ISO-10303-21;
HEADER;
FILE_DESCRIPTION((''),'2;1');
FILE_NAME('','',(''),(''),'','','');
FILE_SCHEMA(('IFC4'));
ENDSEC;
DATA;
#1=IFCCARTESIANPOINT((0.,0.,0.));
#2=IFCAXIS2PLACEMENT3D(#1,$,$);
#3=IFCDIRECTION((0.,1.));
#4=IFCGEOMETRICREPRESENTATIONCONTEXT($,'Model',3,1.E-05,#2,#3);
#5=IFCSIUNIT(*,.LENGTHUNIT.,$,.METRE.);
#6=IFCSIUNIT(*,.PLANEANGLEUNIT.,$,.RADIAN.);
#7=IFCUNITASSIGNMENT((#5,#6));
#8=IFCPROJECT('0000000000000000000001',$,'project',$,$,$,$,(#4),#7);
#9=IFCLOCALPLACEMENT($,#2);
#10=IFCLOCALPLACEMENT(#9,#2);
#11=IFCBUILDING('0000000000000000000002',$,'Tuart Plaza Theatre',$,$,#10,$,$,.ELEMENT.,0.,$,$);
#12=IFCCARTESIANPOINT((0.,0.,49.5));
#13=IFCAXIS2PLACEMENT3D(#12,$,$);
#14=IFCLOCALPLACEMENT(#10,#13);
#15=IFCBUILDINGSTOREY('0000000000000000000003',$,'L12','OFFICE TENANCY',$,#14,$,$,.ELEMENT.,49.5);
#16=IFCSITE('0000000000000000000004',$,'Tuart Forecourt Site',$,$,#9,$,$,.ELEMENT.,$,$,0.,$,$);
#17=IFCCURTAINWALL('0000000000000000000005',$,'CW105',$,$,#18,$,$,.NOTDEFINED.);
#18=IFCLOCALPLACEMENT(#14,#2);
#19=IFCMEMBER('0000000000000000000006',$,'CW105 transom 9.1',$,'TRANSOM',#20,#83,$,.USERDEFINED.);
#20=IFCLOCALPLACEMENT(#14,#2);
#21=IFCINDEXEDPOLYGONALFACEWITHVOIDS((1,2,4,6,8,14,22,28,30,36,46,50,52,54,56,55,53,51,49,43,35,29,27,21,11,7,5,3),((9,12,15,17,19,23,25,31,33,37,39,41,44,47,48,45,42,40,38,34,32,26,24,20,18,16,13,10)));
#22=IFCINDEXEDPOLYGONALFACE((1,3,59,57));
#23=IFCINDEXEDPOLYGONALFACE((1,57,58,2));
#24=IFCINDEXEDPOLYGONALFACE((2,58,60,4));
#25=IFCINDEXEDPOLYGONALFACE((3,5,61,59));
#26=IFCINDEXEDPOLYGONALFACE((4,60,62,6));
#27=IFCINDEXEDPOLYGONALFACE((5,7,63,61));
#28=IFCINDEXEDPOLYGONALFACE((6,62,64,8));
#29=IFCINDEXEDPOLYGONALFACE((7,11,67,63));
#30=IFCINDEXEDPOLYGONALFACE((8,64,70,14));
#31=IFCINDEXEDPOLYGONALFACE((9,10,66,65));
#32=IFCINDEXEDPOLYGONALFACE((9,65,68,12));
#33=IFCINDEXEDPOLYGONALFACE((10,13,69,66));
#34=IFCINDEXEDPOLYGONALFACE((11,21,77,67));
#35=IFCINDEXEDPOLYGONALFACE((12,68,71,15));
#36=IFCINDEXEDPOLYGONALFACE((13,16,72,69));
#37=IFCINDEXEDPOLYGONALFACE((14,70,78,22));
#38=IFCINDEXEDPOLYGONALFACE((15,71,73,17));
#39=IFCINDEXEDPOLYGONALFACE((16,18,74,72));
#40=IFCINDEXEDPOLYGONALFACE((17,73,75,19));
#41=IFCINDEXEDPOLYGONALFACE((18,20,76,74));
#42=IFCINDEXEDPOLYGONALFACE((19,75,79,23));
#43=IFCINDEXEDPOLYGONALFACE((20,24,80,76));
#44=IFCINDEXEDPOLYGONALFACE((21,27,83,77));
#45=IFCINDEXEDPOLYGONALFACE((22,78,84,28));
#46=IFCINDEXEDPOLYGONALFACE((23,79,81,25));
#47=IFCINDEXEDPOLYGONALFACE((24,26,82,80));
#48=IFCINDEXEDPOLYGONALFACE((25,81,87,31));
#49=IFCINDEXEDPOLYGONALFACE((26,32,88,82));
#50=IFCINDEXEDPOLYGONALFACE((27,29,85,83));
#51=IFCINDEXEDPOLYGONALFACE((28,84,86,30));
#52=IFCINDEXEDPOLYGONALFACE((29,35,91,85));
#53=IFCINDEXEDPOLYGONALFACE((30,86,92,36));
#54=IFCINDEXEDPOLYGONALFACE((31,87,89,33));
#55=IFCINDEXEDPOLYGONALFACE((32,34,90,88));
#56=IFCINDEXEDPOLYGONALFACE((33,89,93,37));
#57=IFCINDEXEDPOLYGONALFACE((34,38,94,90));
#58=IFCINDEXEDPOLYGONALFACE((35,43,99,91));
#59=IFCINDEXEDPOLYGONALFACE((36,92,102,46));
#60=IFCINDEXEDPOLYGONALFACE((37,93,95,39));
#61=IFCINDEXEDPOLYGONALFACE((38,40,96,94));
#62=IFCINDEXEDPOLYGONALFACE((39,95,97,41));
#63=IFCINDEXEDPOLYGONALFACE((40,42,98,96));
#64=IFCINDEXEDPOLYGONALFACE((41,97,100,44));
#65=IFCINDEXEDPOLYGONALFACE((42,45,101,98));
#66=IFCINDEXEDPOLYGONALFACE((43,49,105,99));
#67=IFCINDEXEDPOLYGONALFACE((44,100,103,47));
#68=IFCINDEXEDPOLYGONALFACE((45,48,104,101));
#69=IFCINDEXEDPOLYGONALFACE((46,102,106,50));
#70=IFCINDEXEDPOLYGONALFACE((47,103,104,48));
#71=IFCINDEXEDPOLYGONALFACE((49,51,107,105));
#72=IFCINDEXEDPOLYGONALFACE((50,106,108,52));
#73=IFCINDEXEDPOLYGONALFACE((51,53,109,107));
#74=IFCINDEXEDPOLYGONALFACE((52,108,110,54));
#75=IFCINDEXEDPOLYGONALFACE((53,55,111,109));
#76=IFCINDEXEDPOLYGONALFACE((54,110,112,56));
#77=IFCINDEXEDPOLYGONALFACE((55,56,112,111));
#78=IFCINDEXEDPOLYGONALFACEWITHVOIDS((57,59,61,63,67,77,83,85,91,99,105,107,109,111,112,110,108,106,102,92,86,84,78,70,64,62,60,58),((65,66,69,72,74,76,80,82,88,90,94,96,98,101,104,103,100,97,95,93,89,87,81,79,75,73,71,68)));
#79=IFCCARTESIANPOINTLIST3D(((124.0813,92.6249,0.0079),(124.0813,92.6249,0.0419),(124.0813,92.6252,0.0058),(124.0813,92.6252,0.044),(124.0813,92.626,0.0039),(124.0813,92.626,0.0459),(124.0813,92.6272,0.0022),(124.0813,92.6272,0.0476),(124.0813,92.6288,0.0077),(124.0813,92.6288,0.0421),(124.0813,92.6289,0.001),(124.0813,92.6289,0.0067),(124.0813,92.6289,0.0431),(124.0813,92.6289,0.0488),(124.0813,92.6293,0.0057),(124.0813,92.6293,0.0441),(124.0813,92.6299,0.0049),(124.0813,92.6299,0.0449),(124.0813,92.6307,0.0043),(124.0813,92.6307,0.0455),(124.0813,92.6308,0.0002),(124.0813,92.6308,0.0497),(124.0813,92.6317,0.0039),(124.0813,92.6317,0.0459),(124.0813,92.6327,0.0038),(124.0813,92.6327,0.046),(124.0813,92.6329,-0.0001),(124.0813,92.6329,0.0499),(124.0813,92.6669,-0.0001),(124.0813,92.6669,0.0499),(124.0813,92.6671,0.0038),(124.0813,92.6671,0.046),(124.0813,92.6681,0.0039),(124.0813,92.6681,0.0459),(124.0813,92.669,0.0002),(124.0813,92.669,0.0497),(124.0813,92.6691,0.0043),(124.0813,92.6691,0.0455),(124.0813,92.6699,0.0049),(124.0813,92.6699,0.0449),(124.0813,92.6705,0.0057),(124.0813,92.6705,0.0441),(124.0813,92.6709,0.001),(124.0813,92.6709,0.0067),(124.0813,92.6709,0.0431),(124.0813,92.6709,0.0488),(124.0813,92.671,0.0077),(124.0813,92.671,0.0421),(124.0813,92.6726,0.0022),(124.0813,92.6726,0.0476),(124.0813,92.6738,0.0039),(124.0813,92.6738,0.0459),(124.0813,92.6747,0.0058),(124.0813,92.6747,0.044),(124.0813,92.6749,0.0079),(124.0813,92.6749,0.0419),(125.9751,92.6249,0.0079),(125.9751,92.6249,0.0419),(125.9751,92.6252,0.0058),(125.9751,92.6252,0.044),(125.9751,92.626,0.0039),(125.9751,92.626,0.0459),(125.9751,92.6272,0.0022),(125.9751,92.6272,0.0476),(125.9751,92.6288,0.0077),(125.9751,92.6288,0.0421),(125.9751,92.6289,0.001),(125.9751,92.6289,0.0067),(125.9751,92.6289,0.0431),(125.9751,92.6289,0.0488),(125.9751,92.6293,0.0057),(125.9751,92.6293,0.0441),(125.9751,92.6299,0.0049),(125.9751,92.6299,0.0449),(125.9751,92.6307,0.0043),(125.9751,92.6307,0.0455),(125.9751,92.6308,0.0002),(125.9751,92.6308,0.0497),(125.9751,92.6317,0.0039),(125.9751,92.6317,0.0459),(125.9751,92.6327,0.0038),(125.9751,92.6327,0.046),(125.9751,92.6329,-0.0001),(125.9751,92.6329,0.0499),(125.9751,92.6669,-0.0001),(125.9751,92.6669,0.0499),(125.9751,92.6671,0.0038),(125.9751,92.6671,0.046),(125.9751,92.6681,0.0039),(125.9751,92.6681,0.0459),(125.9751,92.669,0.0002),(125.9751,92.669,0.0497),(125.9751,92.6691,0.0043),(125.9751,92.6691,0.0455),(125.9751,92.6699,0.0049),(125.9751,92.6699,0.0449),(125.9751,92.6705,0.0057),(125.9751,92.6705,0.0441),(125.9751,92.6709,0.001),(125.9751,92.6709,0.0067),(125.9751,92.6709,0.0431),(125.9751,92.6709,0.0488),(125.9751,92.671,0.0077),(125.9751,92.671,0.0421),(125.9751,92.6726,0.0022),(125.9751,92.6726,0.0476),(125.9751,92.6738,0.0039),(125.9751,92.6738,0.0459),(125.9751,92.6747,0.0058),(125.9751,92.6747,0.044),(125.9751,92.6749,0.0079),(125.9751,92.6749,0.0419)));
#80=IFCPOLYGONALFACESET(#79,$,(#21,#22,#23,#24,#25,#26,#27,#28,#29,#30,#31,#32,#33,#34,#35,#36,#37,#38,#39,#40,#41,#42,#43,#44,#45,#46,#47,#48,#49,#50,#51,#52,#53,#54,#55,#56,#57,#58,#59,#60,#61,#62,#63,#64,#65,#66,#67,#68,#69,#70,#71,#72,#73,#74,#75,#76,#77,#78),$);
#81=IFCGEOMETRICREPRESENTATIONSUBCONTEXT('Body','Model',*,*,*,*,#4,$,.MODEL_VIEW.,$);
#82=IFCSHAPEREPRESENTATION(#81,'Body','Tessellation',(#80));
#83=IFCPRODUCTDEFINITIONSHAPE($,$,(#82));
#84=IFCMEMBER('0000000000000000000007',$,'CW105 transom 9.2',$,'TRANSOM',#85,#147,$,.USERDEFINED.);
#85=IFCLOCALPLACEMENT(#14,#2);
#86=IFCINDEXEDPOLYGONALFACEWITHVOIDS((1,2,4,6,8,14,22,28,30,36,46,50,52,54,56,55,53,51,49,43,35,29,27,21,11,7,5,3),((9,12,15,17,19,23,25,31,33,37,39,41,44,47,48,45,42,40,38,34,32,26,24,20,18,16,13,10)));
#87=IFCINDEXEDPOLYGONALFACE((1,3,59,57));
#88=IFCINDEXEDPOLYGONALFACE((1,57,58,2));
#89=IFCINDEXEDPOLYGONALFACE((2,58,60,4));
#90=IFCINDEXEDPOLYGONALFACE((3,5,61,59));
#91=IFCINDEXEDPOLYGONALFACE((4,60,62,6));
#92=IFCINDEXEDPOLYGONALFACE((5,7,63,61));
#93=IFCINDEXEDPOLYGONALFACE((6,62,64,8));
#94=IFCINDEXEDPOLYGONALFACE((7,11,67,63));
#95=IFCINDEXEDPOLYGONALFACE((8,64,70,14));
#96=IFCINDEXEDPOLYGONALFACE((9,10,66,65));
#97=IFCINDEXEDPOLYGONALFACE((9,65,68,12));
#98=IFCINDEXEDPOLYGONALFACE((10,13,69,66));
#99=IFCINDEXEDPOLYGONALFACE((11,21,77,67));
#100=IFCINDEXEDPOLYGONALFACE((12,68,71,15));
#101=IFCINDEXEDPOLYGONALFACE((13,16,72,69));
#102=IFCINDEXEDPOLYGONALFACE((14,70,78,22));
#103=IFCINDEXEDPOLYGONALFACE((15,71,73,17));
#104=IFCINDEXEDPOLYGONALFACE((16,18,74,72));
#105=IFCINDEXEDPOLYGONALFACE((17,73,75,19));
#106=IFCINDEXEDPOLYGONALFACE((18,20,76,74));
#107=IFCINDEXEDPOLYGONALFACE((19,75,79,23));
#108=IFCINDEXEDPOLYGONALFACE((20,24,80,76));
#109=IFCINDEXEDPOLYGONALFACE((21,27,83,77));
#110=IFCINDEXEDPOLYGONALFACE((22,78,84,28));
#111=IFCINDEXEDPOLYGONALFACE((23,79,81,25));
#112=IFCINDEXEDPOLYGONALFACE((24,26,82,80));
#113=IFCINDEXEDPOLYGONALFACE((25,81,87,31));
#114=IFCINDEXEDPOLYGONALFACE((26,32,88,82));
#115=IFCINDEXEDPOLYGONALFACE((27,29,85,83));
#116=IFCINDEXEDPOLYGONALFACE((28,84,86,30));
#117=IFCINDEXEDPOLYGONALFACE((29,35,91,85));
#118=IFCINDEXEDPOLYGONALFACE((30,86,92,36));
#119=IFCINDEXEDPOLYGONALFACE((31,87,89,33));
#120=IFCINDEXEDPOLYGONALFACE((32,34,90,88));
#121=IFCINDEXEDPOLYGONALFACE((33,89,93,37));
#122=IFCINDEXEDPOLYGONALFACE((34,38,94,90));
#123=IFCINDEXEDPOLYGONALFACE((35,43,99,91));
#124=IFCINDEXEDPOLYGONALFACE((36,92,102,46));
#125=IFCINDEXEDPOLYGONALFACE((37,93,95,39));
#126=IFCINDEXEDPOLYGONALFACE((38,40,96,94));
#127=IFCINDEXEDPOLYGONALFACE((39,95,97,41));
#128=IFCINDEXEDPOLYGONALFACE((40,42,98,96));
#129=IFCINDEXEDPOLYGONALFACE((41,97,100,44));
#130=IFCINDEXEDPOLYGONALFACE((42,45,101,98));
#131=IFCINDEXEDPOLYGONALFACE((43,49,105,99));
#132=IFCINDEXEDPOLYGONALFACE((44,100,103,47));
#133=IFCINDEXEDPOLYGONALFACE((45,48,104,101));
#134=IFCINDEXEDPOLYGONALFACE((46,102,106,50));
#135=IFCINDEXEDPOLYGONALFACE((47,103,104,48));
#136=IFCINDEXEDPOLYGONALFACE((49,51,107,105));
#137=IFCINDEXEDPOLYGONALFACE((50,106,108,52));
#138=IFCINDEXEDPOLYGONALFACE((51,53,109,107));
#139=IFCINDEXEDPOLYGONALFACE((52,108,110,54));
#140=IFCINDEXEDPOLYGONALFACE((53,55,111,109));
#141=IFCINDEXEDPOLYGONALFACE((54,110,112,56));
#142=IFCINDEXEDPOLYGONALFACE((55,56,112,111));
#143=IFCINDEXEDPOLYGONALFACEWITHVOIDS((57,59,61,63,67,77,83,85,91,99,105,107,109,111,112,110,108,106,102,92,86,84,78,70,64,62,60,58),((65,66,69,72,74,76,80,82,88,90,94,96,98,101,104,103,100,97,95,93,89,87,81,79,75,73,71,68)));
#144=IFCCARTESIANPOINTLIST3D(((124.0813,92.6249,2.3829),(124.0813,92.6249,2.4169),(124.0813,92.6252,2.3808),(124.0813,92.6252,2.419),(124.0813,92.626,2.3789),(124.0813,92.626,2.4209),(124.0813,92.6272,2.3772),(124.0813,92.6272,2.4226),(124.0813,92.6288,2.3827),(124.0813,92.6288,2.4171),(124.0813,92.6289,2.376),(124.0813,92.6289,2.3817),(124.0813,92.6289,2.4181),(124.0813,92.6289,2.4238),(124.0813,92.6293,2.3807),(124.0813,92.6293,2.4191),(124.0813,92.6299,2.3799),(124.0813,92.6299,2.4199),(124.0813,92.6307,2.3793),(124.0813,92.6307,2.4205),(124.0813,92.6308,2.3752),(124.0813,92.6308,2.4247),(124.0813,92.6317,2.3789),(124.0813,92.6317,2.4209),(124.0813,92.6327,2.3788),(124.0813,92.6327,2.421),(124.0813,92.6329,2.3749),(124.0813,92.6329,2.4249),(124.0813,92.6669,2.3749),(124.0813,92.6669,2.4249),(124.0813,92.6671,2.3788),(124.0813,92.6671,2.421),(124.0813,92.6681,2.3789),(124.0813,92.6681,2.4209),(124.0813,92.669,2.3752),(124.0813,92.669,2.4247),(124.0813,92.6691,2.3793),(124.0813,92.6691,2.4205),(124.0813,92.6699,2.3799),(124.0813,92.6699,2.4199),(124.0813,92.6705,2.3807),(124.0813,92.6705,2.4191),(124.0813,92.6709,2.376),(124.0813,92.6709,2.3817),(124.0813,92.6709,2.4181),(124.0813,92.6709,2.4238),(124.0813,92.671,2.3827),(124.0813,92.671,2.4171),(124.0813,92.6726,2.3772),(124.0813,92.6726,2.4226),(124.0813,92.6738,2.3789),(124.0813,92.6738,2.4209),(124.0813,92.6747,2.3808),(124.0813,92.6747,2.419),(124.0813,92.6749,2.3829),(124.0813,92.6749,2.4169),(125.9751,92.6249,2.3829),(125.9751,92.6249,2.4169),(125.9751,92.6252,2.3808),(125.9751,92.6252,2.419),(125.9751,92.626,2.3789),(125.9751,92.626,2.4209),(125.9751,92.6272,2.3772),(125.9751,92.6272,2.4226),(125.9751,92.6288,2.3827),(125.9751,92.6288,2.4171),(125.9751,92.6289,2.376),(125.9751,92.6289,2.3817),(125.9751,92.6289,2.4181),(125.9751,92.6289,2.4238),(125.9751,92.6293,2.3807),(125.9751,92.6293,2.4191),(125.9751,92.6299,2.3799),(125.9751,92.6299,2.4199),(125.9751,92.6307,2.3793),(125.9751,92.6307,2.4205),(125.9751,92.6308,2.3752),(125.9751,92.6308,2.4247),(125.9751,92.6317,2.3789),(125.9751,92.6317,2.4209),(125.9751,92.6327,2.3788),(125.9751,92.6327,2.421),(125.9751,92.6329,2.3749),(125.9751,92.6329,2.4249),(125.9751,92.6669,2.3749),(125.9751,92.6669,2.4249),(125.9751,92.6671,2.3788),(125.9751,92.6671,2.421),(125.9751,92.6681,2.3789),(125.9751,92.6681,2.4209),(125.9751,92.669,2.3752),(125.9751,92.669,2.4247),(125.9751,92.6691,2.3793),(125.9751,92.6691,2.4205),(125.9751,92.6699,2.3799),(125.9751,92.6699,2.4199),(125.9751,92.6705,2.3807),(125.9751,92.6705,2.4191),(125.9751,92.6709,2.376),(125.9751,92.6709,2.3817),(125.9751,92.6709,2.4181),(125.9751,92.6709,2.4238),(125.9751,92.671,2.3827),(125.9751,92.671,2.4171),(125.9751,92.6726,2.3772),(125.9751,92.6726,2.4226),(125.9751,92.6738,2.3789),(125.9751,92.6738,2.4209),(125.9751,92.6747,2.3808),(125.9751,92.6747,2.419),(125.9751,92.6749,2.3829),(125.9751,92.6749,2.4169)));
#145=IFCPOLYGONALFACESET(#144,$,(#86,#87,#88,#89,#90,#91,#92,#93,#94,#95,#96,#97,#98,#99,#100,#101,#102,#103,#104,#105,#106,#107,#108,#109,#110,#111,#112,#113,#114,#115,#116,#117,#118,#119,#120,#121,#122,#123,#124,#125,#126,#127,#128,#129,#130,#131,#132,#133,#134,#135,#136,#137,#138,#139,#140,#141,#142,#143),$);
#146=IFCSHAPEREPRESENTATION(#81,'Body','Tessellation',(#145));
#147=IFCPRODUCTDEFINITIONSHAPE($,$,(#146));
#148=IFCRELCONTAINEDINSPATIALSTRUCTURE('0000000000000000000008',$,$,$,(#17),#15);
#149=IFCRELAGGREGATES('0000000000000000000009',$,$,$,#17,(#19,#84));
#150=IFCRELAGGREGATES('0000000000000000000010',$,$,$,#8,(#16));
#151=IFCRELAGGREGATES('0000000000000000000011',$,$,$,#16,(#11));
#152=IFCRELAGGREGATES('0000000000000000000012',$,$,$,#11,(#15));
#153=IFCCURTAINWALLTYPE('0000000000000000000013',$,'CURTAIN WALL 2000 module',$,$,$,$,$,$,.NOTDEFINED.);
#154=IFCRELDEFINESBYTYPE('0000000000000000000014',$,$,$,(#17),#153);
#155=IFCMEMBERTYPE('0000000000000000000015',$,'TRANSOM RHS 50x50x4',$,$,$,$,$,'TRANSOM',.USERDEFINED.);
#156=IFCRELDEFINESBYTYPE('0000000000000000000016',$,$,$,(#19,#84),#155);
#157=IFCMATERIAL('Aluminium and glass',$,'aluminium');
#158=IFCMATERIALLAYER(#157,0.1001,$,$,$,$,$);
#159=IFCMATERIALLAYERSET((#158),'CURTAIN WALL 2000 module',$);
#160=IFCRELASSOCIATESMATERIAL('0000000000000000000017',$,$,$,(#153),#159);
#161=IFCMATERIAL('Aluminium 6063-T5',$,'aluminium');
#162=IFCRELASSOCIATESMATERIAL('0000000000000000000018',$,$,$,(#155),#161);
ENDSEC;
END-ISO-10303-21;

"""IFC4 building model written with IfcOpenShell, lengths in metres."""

from ifc_helpers import new_model, si_unit, direction, frame, origin, origin_2d, place, context, subcontext, project, spatial, hollow_rectangle, extrude, material, layer, layer_set, material_profile, profile_set, type_object, element, aggregate, save


model = new_model("IFC4")

# Units and contexts
model_context = context("Model", 3, precision=1e-05, world=origin(), true_north=direction((0.0, 1.0)))
body_context = subcontext(model_context, "Body", "Model", "MODEL_VIEW")
ifc_project = project(units=[si_unit("LENGTHUNIT", "METRE"), si_unit("PLANEANGLEUNIT", "RADIAN")], contexts=[model_context])

# Site, building, storey
site_placement = place(None, origin())
site = spatial("IfcSite", under=ifc_project, at=site_placement, Name="Tuart Forecourt Site", CompositionType="ELEMENT", RefElevation=0.0)
building_placement = place(site_placement, origin())
building = spatial("IfcBuilding", under=site, at=building_placement, Name="Tuart Plaza Theatre", CompositionType="ELEMENT", ElevationOfRefHeight=0.0)
storey_placement = place(building_placement, frame((0.0, 0.0, 49.5)))
storey = spatial("IfcBuildingStorey", under=building, at=storey_placement, Name="L12", Description="OFFICE TENANCY", CompositionType="ELEMENT", Elevation=49.5)

# Curtain wall, members
ifc_material_1 = material(Name="Aluminium and glass", Category="aluminium")
ifc_layer_1 = layer(ifc_material_1, 0.1001)
ifc_layer_set_1 = layer_set([ifc_layer_1], Name="CURTAIN WALL 2000 module")
curtain_wall_type = type_object("IfcCurtainWallType", Name="CURTAIN WALL 2000 module", PredefinedType="NOTDEFINED", material=ifc_layer_set_1)
curtain_wall_placement = place(storey_placement, origin())
curtain_wall = element("IfcCurtainWall", 1, at=curtain_wall_placement, inside=storey, type_object=curtain_wall_type, Name="CW105", PredefinedType="NOTDEFINED")
ifc_material_2 = material(Name="Aluminium 6063-T5", Category="aluminium")
ifc_material_profile_1 = material_profile(ifc_material_2, hollow_rectangle(XDim=0.05, YDim=0.05, WallThickness=0.0039, InnerFilletRadius=0.0039, OuterFilletRadius=0.0081, at=origin_2d()), Name="RHS 50x50x4")
ifc_profile_set_1 = profile_set([ifc_material_profile_1], Name="Aluminium 6063-T5")
member_type_1 = type_object("IfcMemberType", Name="TRANSOM RHS 50x50x4", ElementType="TRANSOM", PredefinedType="USERDEFINED", material=ifc_profile_set_1)
member_1_placement = place(storey_placement, frame((125.9751, 92.6499, 0.0249), z_axis=(-1.0, 0.0, 0.0), x_axis=(0.0, -1.0, 0.0)))
member_1 = element("IfcMember", 2, at=member_1_placement, type_object=member_type_1, Name="CW105 transom 9.1", ObjectType="TRANSOM", PredefinedType="USERDEFINED", context=body_context, shape_type="SweptSolid", body=[
    extrude(hollow_rectangle(XDim=0.05, YDim=0.05, WallThickness=0.0039, InnerFilletRadius=0.0039, OuterFilletRadius=0.0081, at=origin_2d()), origin(), (0.0, 0.0, 1.0), 1.8938),
])
member_2_placement = place(storey_placement, frame((125.9751, 92.6499, 2.3999), z_axis=(-1.0, 0.0, 0.0), x_axis=(0.0, -1.0, 0.0)))
member_2 = element("IfcMember", 3, at=member_2_placement, type_object=member_type_1, Name="CW105 transom 9.2", ObjectType="TRANSOM", PredefinedType="USERDEFINED", context=body_context, shape_type="SweptSolid", body=[
    extrude(hollow_rectangle(XDim=0.05, YDim=0.05, WallThickness=0.0039, InnerFilletRadius=0.0039, OuterFilletRadius=0.0081, at=origin_2d()), origin(), (0.0, 0.0, 1.0), 1.8938),
])
aggregate(curtain_wall, [member_1, member_2])

save(model, "model.ifc")
